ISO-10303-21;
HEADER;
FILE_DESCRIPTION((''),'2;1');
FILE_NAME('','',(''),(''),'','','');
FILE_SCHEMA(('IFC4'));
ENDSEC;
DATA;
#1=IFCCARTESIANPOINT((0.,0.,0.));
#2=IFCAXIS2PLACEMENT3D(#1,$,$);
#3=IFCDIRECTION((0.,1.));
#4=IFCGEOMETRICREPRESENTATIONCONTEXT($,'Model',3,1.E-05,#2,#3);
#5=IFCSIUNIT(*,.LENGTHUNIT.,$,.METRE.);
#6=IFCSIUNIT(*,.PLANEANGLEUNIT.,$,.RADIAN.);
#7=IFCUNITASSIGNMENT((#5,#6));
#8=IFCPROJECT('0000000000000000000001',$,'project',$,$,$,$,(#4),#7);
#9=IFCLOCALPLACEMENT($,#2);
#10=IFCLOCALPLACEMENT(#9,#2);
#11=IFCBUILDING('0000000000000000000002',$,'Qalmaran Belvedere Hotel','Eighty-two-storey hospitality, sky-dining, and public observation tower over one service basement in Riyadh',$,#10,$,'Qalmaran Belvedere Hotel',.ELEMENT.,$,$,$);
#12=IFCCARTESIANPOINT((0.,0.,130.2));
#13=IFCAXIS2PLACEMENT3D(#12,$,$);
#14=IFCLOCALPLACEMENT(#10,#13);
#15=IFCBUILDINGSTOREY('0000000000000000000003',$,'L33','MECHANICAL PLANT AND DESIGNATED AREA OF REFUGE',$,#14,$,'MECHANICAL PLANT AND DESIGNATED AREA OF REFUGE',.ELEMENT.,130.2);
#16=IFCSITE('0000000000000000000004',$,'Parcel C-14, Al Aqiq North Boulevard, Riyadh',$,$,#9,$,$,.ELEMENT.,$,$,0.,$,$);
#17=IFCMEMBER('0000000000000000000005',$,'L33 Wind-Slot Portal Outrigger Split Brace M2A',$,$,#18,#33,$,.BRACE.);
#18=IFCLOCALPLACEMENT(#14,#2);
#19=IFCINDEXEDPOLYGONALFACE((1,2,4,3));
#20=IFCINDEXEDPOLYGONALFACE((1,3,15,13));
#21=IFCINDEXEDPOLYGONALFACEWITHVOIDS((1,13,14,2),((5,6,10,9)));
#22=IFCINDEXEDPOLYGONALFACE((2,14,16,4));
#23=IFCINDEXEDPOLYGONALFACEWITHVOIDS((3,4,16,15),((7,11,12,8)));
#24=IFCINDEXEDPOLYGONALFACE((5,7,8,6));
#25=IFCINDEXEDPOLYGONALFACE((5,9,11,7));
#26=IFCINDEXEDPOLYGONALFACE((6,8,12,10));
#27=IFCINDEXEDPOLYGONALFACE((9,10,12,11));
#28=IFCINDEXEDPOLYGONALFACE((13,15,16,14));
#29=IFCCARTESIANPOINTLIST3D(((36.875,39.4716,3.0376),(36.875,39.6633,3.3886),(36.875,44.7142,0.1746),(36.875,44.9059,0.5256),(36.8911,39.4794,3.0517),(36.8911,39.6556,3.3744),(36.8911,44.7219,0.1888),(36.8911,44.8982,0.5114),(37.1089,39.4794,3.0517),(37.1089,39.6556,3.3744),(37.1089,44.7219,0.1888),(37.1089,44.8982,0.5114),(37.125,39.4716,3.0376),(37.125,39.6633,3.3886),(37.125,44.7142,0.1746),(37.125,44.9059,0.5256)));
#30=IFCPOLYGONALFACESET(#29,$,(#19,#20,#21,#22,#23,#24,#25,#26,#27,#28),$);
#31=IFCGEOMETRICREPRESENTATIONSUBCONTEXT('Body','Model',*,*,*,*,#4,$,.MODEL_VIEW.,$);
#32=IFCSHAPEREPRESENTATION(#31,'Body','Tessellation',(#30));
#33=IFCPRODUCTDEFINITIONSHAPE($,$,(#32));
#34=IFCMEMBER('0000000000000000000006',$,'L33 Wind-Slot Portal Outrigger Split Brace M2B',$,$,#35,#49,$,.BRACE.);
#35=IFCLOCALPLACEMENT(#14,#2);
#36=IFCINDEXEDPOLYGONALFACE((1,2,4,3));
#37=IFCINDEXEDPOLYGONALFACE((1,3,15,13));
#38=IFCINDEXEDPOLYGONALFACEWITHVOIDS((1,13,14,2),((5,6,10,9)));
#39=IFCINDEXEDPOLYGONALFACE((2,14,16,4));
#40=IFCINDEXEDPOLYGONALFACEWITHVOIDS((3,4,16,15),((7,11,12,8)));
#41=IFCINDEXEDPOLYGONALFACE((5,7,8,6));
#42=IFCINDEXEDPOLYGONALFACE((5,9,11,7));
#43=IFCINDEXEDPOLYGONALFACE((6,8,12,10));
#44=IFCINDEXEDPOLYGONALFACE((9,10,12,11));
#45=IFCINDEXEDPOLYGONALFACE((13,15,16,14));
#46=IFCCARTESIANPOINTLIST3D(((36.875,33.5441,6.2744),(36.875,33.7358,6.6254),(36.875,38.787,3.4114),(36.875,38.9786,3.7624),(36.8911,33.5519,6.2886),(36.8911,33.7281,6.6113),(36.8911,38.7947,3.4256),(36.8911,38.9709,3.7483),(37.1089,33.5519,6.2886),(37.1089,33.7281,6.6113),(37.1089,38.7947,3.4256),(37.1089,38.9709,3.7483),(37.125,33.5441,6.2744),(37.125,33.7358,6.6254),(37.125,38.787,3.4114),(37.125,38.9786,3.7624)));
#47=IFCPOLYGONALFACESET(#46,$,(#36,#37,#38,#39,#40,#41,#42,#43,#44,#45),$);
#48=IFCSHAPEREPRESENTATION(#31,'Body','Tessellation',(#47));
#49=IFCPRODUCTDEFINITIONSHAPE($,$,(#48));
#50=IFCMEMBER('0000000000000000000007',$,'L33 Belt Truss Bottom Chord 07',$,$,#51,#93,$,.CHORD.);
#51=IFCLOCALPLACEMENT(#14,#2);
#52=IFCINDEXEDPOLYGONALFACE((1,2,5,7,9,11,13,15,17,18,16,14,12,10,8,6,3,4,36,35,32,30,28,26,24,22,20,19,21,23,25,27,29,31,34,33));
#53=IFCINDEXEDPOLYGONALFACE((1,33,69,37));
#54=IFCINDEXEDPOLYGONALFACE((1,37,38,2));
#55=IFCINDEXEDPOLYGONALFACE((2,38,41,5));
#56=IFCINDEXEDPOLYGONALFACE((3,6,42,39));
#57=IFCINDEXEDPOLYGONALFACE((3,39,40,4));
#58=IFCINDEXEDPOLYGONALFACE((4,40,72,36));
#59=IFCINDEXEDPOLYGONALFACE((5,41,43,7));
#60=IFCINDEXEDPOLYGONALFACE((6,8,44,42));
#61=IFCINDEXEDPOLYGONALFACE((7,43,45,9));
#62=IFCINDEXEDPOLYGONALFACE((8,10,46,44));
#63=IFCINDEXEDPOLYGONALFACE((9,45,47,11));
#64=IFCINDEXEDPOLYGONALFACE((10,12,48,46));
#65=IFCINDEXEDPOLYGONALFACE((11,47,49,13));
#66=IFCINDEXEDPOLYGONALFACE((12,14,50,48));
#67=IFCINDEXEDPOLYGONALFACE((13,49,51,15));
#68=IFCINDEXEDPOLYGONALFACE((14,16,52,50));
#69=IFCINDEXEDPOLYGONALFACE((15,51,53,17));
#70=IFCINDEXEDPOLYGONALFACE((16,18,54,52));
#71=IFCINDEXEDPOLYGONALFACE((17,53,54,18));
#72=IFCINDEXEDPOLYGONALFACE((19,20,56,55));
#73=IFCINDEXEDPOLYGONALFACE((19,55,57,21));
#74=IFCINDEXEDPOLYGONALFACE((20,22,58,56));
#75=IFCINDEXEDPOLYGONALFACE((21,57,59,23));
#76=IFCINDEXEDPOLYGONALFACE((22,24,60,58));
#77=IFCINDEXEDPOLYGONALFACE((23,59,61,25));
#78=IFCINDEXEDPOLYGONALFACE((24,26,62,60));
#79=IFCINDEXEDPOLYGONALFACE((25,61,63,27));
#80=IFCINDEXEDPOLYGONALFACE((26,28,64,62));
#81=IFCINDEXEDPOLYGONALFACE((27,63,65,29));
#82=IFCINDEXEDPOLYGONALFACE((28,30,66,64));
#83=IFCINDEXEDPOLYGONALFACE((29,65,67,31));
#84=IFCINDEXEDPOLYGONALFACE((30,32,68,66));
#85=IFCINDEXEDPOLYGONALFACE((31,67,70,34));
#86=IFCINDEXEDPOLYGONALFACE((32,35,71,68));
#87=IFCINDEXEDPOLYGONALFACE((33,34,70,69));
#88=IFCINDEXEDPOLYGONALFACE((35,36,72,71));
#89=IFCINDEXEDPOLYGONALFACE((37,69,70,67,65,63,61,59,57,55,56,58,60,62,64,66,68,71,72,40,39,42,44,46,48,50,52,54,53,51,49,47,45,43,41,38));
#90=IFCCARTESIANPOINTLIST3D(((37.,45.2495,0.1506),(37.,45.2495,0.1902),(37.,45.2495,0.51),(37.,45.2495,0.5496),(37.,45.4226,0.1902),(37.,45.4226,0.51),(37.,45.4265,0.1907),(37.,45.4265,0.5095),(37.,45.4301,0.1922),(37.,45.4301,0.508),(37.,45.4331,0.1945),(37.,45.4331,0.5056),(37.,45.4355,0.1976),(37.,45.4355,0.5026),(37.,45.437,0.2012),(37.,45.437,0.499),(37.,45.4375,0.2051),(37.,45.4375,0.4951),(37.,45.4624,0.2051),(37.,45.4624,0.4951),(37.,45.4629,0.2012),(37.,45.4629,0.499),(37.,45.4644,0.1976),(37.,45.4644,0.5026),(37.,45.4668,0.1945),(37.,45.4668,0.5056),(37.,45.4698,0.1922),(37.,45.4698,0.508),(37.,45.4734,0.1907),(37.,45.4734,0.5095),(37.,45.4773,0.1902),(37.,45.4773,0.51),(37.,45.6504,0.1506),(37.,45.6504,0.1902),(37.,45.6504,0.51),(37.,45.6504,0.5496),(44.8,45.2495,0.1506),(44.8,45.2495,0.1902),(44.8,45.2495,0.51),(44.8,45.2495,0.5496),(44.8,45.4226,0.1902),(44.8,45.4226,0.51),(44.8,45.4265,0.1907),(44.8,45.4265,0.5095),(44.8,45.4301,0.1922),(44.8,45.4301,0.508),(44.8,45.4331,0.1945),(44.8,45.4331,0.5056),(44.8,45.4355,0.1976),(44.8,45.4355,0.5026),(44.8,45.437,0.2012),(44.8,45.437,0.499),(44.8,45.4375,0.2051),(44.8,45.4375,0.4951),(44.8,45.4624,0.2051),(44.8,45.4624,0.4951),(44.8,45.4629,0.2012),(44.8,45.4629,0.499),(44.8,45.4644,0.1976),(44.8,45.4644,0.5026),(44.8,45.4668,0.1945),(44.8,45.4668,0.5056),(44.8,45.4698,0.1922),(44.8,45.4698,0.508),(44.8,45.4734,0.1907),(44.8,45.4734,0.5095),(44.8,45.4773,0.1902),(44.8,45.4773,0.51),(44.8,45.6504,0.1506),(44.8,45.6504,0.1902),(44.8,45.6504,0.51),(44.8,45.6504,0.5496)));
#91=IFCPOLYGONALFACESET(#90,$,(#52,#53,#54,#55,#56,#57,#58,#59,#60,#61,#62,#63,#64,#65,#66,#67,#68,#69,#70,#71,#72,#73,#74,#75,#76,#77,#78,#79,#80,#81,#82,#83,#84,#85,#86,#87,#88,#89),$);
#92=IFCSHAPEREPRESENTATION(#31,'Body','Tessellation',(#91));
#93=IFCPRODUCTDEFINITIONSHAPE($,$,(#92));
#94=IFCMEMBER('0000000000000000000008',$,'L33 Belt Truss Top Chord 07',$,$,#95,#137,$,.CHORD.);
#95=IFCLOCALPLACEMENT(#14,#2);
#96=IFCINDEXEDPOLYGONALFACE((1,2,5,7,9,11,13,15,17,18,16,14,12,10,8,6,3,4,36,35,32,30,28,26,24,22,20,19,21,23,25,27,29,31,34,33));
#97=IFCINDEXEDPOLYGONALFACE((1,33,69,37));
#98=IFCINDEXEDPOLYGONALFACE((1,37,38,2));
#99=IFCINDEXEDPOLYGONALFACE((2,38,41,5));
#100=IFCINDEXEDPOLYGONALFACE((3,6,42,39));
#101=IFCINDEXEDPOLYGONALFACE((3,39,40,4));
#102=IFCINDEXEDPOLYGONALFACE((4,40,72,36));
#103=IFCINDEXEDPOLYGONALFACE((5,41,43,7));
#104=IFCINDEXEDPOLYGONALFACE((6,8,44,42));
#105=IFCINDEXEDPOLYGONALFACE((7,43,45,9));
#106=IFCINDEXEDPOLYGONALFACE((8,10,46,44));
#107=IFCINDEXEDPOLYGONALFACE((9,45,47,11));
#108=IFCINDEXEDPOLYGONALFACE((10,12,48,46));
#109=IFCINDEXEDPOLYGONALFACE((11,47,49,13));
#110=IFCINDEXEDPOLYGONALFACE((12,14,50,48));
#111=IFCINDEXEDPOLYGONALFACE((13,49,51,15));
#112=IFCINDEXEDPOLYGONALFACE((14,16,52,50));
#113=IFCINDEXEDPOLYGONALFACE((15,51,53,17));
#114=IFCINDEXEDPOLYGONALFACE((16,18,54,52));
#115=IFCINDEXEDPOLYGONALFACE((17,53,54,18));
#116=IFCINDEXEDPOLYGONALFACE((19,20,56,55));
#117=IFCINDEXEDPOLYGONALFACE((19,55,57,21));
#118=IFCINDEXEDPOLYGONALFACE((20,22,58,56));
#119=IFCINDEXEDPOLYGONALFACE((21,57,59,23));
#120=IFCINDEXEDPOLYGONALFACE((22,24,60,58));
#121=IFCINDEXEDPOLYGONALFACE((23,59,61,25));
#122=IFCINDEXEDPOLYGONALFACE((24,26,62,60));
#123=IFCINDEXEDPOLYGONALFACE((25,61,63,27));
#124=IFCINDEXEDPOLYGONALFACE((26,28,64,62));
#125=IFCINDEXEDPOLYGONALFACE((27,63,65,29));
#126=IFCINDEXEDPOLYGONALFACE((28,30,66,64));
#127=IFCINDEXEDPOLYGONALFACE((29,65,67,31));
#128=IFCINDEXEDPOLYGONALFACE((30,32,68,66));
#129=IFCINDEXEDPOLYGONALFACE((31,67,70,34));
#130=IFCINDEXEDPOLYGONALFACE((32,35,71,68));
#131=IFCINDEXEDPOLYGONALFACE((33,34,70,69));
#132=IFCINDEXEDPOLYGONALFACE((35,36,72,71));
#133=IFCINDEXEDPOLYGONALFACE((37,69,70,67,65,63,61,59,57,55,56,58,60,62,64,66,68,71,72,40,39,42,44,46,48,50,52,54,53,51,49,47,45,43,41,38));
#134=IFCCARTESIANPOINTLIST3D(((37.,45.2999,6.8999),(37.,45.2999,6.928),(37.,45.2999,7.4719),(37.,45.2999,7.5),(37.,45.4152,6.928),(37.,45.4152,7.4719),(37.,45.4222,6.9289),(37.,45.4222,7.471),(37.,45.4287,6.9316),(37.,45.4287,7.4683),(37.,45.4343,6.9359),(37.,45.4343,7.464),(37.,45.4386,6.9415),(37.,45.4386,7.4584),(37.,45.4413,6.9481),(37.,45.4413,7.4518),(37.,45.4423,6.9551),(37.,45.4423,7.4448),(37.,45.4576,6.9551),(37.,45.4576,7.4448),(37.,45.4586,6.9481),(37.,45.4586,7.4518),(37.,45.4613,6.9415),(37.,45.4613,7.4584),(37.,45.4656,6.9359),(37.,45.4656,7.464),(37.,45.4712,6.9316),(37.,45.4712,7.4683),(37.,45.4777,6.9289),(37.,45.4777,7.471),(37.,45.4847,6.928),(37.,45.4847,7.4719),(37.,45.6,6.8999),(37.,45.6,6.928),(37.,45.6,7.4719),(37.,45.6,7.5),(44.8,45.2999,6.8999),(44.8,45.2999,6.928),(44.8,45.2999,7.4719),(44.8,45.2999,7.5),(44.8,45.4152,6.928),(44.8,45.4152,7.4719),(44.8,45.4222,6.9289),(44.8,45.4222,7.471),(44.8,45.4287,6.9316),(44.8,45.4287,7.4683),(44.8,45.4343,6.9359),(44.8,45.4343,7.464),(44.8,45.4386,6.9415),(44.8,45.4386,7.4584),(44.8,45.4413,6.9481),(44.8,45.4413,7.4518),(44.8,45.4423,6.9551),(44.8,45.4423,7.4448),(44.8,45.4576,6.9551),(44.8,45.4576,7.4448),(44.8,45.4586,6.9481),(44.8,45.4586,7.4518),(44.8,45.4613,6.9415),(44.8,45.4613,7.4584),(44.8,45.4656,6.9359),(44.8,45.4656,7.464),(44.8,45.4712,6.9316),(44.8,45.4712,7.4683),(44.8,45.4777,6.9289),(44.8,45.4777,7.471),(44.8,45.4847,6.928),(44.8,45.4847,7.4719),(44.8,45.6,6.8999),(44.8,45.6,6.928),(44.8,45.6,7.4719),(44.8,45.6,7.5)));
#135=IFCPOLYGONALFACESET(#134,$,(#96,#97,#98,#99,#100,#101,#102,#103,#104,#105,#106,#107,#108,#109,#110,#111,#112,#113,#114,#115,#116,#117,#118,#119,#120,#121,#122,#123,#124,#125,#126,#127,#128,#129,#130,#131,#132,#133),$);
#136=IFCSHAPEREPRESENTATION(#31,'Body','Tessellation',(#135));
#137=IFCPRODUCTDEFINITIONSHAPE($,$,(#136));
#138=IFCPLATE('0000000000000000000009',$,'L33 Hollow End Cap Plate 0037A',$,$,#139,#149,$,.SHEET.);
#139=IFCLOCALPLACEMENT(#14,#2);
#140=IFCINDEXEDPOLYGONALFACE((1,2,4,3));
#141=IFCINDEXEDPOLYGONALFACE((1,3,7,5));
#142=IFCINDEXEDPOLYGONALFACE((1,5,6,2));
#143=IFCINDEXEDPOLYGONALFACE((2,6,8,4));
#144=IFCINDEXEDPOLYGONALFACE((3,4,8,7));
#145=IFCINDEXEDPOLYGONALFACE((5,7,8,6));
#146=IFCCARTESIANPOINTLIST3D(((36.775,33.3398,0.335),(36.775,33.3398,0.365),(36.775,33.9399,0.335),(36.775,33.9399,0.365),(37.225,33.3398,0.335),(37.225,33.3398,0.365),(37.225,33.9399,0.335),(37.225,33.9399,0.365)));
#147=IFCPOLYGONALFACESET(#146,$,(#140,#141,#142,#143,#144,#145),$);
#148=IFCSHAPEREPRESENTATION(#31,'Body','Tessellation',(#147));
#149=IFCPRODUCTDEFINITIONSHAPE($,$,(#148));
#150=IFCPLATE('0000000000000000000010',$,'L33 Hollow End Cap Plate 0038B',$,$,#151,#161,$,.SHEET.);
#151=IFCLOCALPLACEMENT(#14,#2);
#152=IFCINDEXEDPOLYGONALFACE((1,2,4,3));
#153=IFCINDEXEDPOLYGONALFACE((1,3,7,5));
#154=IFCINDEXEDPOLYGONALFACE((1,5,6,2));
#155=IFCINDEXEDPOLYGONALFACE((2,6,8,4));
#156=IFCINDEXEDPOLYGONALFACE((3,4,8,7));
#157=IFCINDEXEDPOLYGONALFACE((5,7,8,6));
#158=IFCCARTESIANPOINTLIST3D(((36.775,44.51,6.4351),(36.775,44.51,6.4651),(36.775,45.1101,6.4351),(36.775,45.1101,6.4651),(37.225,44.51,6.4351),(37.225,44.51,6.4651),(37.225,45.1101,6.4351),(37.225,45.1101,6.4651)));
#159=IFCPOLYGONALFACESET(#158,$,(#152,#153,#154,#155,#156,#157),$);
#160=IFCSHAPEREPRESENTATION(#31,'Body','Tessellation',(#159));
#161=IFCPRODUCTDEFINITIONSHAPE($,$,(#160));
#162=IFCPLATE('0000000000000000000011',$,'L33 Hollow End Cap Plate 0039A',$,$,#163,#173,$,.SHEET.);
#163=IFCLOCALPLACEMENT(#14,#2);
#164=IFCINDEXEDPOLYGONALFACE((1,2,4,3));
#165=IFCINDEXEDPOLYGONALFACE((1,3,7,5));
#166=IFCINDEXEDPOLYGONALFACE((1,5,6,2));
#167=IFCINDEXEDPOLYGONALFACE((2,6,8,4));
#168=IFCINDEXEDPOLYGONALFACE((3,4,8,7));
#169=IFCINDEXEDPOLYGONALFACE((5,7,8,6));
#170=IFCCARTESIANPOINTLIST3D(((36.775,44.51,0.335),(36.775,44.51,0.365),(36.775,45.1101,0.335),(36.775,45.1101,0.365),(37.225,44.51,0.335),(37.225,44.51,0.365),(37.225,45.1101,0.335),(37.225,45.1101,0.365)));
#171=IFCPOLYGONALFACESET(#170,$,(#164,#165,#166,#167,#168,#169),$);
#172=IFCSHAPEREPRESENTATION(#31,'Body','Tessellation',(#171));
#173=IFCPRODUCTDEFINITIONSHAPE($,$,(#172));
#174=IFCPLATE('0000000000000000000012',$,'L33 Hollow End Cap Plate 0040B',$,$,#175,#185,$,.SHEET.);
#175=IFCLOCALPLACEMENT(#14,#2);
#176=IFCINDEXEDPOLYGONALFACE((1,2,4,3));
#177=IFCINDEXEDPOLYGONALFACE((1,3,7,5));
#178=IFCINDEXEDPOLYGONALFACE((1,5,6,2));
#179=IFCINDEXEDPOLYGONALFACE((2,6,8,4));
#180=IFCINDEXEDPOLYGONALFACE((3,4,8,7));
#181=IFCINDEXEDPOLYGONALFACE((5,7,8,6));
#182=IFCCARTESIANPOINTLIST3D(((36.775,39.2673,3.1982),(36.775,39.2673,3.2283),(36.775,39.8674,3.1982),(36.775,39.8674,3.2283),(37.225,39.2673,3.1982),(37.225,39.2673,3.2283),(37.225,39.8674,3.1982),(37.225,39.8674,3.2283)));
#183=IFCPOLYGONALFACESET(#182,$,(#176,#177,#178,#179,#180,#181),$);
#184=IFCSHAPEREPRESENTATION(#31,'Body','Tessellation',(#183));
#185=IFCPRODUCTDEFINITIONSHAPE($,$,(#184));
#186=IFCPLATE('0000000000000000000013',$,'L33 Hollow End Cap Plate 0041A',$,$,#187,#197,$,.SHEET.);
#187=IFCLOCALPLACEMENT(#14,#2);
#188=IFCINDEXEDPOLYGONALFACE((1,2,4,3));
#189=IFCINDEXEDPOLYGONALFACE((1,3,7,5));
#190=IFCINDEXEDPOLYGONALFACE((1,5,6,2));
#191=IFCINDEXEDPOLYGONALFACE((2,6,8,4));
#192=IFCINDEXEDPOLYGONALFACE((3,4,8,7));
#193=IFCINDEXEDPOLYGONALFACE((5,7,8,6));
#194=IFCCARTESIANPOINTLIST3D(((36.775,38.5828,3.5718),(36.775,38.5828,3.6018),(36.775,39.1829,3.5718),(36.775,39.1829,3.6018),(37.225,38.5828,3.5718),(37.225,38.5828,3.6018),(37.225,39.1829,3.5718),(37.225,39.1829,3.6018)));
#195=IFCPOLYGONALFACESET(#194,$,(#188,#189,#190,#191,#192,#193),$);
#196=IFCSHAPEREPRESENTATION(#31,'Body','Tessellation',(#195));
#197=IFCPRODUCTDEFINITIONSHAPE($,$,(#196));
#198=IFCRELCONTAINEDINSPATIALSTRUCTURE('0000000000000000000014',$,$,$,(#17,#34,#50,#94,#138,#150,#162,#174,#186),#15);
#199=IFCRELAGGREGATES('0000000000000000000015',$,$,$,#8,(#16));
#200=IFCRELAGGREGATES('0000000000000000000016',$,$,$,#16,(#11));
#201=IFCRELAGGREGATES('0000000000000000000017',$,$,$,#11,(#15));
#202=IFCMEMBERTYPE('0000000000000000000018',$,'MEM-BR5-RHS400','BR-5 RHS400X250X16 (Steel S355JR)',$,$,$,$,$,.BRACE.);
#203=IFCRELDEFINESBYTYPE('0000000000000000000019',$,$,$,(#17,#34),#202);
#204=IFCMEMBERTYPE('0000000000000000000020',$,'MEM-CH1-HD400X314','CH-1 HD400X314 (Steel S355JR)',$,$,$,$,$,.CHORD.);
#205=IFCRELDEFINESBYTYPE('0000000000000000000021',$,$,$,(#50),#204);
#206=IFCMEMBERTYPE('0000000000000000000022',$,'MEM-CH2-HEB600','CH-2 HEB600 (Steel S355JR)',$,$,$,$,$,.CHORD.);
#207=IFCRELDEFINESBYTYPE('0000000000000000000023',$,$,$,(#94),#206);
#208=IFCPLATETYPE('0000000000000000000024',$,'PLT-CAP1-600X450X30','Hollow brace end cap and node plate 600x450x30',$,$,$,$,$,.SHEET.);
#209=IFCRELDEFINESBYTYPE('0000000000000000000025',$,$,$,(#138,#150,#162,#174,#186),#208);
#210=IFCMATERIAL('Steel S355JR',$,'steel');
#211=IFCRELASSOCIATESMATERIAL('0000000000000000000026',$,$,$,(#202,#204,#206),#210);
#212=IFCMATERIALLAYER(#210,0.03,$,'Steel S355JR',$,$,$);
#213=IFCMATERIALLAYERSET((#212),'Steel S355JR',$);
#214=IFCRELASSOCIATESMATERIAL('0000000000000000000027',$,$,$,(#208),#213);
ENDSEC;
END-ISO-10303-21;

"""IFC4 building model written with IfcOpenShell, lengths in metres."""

from ifc_helpers import new_model, si_unit, direction, frame, origin, origin_2d, place, context, subcontext, project, spatial, rectangle, hollow_rectangle, i_section, extrude, material, layer, layer_set, material_profile, profile_set, type_object, element, save


model = new_model("IFC4")

# Units and contexts
model_context = context("Model", 3, precision=1e-05, world=origin(), true_north=direction((0.0, 1.0)))
body_context = subcontext(model_context, "Body", "Model", "MODEL_VIEW")
ifc_project = project(units=[si_unit("LENGTHUNIT", "METRE"), si_unit("PLANEANGLEUNIT", "RADIAN")], contexts=[model_context])

# Site, building, storey
site_placement = place(None, origin())
site = spatial("IfcSite", under=ifc_project, at=site_placement, Name="Parcel C-14, Al Aqiq North Boulevard, Riyadh", CompositionType="ELEMENT", RefElevation=0.0)
building_placement = place(site_placement, origin())
building = spatial("IfcBuilding", under=site, at=building_placement, Name="Qalmaran Belvedere Hotel", Description="Eighty-two-storey hospitality, sky-dining, and public observation tower over one service basement in Riyadh", LongName="Qalmaran Belvedere Hotel", CompositionType="ELEMENT")
storey_placement = place(building_placement, frame((0.0, 0.0, 130.2)))
storey = spatial("IfcBuildingStorey", under=building, at=storey_placement, Name="L33", Description="MECHANICAL PLANT AND DESIGNATED AREA OF REFUGE", LongName="MECHANICAL PLANT AND DESIGNATED AREA OF REFUGE", CompositionType="ELEMENT", Elevation=130.2)

# Shared definitions
ifc_material_1 = material(Name="Steel S355JR", Category="steel")

# Members
ifc_material_profile_1 = material_profile(ifc_material_1, hollow_rectangle(XDim=0.25, YDim=0.3999, WallThickness=0.0161, at=origin_2d()), Name="RHS400X250X16")
ifc_profile_set_1 = profile_set([ifc_material_profile_1], Name="Steel S355JR")
member_type_1 = type_object("IfcMemberType", Name="MEM-BR5-RHS400", Description="BR-5 RHS400X250X16 (Steel S355JR)", PredefinedType="BRACE", material=ifc_profile_set_1)
member_1_placement = place(storey_placement, frame((37.0, 44.8101, 0.3501), z_axis=(0.0, -0.877656, 0.47929), x_axis=(1.0, 0.0, 0.0)))
element("IfcMember", 1, at=member_1_placement, inside=storey, type_object=member_type_1, Name="L33 Wind-Slot Portal Outrigger Split Brace M2A", PredefinedType="BRACE", context=body_context, shape_type="SweptSolid", body=[
    extrude(hollow_rectangle(XDim=0.25, YDim=0.3999, WallThickness=0.0161, at=origin_2d()), origin(), (0.0, 0.0, 1.0), 5.9734),
])
member_2_placement = place(storey_placement, frame((37.0, 38.8828, 3.5869), z_axis=(0.0, -0.877666, 0.479273), x_axis=(1.0, 0.0, 0.0)))
element("IfcMember", 2, at=member_2_placement, inside=storey, type_object=member_type_1, Name="L33 Wind-Slot Portal Outrigger Split Brace M2B", PredefinedType="BRACE", context=body_context, shape_type="SweptSolid", body=[
    extrude(hollow_rectangle(XDim=0.25, YDim=0.3999, WallThickness=0.0161, at=origin_2d()), origin(), (0.0, 0.0, 1.0), 5.9736),
])
ifc_material_profile_2 = material_profile(ifc_material_1, i_section(OverallWidth=0.4009, OverallDepth=0.3989, WebThickness=0.0249, FlangeThickness=0.0396, FilletRadius=0.0149, at=origin_2d()), Name="HD400X314")
ifc_profile_set_2 = profile_set([ifc_material_profile_2], Name="Steel S355JR")
member_type_2 = type_object("IfcMemberType", Name="MEM-CH1-HD400X314", Description="CH-1 HD400X314 (Steel S355JR)", PredefinedType="CHORD", material=ifc_profile_set_2)
member_3_placement = place(storey_placement, frame((37.0, 45.45, 0.3501), z_axis=(1.0, 0.0, 0.0), x_axis=(0.0, 1.0, 0.0)))
element("IfcMember", 3, at=member_3_placement, inside=storey, type_object=member_type_2, Name="L33 Belt Truss Bottom Chord 07", PredefinedType="CHORD", context=body_context, shape_type="SweptSolid", body=[
    extrude(i_section(OverallWidth=0.4009, OverallDepth=0.3989, WebThickness=0.0249, FlangeThickness=0.0396, FilletRadius=0.0149, at=origin_2d()), origin(), (0.0, 0.0, 1.0), 7.8),
])
ifc_material_profile_3 = material_profile(ifc_material_1, i_section(OverallWidth=0.3, OverallDepth=0.6001, WebThickness=0.0154, FlangeThickness=0.0281, FilletRadius=0.0271, at=origin_2d()), Name="HEB600")
ifc_profile_set_3 = profile_set([ifc_material_profile_3], Name="Steel S355JR")
member_type_3 = type_object("IfcMemberType", Name="MEM-CH2-HEB600", Description="CH-2 HEB600 (Steel S355JR)", PredefinedType="CHORD", material=ifc_profile_set_3)
member_4_placement = place(storey_placement, frame((37.0, 45.45, 7.2), z_axis=(1.0, 0.0, 0.0), x_axis=(0.0, 1.0, 0.0)))
element("IfcMember", 4, at=member_4_placement, inside=storey, type_object=member_type_3, Name="L33 Belt Truss Top Chord 07", PredefinedType="CHORD", context=body_context, shape_type="SweptSolid", body=[
    extrude(i_section(OverallWidth=0.3, OverallDepth=0.6001, WebThickness=0.0154, FlangeThickness=0.0281, FilletRadius=0.0271, at=origin_2d()), origin(), (0.0, 0.0, 1.0), 7.8),
])

# Plates
ifc_layer_1 = layer(ifc_material_1, 0.03, Name="Steel S355JR")
ifc_layer_set_1 = layer_set([ifc_layer_1], Name="Steel S355JR")
plate_type_1 = type_object("IfcPlateType", Name="PLT-CAP1-600X450X30", Description="Hollow brace end cap and node plate 600x450x30", PredefinedType="SHEET", material=ifc_layer_set_1)
for number, where, z_axis, x_axis, name in (
    (5, (37.0, 33.6399, 0.335), (0.0, 0.0, 1.0), (0.0, 1.0, 0.0), "L33 Hollow End Cap Plate 0037A"),
    (6, (37.0, 44.8101, 6.4351), (0.0, 0.0, 1.0), (0.0, 1.0, 0.0), "L33 Hollow End Cap Plate 0038B"),
    (7, (37.0, 44.8101, 0.335), (0.0, 0.0, 1.0), (0.0, -1.0, 0.0), "L33 Hollow End Cap Plate 0039A"),
    (8, (37.0, 39.5674, 3.1982), (0.0, 0.0, 1.0), (0.0, -1.0, 0.0), "L33 Hollow End Cap Plate 0040B"),
    (9, (37.0, 38.8828, 3.5718), (0.0, 0.0, 1.0), (0.0, -1.0, 0.0), "L33 Hollow End Cap Plate 0041A"),
):
    element("IfcPlate", number, at=place(storey_placement, frame(where, z_axis=z_axis, x_axis=x_axis)), inside=storey, type_object=plate_type_1, Name=name, PredefinedType="SHEET", context=body_context, shape_type="SweptSolid", body=[
        extrude(rectangle(XDim=0.6001, YDim=0.45, at=origin_2d()), origin(), (0.0, 0.0, 1.0), 0.03),
    ])

save(model, "model.ifc")
